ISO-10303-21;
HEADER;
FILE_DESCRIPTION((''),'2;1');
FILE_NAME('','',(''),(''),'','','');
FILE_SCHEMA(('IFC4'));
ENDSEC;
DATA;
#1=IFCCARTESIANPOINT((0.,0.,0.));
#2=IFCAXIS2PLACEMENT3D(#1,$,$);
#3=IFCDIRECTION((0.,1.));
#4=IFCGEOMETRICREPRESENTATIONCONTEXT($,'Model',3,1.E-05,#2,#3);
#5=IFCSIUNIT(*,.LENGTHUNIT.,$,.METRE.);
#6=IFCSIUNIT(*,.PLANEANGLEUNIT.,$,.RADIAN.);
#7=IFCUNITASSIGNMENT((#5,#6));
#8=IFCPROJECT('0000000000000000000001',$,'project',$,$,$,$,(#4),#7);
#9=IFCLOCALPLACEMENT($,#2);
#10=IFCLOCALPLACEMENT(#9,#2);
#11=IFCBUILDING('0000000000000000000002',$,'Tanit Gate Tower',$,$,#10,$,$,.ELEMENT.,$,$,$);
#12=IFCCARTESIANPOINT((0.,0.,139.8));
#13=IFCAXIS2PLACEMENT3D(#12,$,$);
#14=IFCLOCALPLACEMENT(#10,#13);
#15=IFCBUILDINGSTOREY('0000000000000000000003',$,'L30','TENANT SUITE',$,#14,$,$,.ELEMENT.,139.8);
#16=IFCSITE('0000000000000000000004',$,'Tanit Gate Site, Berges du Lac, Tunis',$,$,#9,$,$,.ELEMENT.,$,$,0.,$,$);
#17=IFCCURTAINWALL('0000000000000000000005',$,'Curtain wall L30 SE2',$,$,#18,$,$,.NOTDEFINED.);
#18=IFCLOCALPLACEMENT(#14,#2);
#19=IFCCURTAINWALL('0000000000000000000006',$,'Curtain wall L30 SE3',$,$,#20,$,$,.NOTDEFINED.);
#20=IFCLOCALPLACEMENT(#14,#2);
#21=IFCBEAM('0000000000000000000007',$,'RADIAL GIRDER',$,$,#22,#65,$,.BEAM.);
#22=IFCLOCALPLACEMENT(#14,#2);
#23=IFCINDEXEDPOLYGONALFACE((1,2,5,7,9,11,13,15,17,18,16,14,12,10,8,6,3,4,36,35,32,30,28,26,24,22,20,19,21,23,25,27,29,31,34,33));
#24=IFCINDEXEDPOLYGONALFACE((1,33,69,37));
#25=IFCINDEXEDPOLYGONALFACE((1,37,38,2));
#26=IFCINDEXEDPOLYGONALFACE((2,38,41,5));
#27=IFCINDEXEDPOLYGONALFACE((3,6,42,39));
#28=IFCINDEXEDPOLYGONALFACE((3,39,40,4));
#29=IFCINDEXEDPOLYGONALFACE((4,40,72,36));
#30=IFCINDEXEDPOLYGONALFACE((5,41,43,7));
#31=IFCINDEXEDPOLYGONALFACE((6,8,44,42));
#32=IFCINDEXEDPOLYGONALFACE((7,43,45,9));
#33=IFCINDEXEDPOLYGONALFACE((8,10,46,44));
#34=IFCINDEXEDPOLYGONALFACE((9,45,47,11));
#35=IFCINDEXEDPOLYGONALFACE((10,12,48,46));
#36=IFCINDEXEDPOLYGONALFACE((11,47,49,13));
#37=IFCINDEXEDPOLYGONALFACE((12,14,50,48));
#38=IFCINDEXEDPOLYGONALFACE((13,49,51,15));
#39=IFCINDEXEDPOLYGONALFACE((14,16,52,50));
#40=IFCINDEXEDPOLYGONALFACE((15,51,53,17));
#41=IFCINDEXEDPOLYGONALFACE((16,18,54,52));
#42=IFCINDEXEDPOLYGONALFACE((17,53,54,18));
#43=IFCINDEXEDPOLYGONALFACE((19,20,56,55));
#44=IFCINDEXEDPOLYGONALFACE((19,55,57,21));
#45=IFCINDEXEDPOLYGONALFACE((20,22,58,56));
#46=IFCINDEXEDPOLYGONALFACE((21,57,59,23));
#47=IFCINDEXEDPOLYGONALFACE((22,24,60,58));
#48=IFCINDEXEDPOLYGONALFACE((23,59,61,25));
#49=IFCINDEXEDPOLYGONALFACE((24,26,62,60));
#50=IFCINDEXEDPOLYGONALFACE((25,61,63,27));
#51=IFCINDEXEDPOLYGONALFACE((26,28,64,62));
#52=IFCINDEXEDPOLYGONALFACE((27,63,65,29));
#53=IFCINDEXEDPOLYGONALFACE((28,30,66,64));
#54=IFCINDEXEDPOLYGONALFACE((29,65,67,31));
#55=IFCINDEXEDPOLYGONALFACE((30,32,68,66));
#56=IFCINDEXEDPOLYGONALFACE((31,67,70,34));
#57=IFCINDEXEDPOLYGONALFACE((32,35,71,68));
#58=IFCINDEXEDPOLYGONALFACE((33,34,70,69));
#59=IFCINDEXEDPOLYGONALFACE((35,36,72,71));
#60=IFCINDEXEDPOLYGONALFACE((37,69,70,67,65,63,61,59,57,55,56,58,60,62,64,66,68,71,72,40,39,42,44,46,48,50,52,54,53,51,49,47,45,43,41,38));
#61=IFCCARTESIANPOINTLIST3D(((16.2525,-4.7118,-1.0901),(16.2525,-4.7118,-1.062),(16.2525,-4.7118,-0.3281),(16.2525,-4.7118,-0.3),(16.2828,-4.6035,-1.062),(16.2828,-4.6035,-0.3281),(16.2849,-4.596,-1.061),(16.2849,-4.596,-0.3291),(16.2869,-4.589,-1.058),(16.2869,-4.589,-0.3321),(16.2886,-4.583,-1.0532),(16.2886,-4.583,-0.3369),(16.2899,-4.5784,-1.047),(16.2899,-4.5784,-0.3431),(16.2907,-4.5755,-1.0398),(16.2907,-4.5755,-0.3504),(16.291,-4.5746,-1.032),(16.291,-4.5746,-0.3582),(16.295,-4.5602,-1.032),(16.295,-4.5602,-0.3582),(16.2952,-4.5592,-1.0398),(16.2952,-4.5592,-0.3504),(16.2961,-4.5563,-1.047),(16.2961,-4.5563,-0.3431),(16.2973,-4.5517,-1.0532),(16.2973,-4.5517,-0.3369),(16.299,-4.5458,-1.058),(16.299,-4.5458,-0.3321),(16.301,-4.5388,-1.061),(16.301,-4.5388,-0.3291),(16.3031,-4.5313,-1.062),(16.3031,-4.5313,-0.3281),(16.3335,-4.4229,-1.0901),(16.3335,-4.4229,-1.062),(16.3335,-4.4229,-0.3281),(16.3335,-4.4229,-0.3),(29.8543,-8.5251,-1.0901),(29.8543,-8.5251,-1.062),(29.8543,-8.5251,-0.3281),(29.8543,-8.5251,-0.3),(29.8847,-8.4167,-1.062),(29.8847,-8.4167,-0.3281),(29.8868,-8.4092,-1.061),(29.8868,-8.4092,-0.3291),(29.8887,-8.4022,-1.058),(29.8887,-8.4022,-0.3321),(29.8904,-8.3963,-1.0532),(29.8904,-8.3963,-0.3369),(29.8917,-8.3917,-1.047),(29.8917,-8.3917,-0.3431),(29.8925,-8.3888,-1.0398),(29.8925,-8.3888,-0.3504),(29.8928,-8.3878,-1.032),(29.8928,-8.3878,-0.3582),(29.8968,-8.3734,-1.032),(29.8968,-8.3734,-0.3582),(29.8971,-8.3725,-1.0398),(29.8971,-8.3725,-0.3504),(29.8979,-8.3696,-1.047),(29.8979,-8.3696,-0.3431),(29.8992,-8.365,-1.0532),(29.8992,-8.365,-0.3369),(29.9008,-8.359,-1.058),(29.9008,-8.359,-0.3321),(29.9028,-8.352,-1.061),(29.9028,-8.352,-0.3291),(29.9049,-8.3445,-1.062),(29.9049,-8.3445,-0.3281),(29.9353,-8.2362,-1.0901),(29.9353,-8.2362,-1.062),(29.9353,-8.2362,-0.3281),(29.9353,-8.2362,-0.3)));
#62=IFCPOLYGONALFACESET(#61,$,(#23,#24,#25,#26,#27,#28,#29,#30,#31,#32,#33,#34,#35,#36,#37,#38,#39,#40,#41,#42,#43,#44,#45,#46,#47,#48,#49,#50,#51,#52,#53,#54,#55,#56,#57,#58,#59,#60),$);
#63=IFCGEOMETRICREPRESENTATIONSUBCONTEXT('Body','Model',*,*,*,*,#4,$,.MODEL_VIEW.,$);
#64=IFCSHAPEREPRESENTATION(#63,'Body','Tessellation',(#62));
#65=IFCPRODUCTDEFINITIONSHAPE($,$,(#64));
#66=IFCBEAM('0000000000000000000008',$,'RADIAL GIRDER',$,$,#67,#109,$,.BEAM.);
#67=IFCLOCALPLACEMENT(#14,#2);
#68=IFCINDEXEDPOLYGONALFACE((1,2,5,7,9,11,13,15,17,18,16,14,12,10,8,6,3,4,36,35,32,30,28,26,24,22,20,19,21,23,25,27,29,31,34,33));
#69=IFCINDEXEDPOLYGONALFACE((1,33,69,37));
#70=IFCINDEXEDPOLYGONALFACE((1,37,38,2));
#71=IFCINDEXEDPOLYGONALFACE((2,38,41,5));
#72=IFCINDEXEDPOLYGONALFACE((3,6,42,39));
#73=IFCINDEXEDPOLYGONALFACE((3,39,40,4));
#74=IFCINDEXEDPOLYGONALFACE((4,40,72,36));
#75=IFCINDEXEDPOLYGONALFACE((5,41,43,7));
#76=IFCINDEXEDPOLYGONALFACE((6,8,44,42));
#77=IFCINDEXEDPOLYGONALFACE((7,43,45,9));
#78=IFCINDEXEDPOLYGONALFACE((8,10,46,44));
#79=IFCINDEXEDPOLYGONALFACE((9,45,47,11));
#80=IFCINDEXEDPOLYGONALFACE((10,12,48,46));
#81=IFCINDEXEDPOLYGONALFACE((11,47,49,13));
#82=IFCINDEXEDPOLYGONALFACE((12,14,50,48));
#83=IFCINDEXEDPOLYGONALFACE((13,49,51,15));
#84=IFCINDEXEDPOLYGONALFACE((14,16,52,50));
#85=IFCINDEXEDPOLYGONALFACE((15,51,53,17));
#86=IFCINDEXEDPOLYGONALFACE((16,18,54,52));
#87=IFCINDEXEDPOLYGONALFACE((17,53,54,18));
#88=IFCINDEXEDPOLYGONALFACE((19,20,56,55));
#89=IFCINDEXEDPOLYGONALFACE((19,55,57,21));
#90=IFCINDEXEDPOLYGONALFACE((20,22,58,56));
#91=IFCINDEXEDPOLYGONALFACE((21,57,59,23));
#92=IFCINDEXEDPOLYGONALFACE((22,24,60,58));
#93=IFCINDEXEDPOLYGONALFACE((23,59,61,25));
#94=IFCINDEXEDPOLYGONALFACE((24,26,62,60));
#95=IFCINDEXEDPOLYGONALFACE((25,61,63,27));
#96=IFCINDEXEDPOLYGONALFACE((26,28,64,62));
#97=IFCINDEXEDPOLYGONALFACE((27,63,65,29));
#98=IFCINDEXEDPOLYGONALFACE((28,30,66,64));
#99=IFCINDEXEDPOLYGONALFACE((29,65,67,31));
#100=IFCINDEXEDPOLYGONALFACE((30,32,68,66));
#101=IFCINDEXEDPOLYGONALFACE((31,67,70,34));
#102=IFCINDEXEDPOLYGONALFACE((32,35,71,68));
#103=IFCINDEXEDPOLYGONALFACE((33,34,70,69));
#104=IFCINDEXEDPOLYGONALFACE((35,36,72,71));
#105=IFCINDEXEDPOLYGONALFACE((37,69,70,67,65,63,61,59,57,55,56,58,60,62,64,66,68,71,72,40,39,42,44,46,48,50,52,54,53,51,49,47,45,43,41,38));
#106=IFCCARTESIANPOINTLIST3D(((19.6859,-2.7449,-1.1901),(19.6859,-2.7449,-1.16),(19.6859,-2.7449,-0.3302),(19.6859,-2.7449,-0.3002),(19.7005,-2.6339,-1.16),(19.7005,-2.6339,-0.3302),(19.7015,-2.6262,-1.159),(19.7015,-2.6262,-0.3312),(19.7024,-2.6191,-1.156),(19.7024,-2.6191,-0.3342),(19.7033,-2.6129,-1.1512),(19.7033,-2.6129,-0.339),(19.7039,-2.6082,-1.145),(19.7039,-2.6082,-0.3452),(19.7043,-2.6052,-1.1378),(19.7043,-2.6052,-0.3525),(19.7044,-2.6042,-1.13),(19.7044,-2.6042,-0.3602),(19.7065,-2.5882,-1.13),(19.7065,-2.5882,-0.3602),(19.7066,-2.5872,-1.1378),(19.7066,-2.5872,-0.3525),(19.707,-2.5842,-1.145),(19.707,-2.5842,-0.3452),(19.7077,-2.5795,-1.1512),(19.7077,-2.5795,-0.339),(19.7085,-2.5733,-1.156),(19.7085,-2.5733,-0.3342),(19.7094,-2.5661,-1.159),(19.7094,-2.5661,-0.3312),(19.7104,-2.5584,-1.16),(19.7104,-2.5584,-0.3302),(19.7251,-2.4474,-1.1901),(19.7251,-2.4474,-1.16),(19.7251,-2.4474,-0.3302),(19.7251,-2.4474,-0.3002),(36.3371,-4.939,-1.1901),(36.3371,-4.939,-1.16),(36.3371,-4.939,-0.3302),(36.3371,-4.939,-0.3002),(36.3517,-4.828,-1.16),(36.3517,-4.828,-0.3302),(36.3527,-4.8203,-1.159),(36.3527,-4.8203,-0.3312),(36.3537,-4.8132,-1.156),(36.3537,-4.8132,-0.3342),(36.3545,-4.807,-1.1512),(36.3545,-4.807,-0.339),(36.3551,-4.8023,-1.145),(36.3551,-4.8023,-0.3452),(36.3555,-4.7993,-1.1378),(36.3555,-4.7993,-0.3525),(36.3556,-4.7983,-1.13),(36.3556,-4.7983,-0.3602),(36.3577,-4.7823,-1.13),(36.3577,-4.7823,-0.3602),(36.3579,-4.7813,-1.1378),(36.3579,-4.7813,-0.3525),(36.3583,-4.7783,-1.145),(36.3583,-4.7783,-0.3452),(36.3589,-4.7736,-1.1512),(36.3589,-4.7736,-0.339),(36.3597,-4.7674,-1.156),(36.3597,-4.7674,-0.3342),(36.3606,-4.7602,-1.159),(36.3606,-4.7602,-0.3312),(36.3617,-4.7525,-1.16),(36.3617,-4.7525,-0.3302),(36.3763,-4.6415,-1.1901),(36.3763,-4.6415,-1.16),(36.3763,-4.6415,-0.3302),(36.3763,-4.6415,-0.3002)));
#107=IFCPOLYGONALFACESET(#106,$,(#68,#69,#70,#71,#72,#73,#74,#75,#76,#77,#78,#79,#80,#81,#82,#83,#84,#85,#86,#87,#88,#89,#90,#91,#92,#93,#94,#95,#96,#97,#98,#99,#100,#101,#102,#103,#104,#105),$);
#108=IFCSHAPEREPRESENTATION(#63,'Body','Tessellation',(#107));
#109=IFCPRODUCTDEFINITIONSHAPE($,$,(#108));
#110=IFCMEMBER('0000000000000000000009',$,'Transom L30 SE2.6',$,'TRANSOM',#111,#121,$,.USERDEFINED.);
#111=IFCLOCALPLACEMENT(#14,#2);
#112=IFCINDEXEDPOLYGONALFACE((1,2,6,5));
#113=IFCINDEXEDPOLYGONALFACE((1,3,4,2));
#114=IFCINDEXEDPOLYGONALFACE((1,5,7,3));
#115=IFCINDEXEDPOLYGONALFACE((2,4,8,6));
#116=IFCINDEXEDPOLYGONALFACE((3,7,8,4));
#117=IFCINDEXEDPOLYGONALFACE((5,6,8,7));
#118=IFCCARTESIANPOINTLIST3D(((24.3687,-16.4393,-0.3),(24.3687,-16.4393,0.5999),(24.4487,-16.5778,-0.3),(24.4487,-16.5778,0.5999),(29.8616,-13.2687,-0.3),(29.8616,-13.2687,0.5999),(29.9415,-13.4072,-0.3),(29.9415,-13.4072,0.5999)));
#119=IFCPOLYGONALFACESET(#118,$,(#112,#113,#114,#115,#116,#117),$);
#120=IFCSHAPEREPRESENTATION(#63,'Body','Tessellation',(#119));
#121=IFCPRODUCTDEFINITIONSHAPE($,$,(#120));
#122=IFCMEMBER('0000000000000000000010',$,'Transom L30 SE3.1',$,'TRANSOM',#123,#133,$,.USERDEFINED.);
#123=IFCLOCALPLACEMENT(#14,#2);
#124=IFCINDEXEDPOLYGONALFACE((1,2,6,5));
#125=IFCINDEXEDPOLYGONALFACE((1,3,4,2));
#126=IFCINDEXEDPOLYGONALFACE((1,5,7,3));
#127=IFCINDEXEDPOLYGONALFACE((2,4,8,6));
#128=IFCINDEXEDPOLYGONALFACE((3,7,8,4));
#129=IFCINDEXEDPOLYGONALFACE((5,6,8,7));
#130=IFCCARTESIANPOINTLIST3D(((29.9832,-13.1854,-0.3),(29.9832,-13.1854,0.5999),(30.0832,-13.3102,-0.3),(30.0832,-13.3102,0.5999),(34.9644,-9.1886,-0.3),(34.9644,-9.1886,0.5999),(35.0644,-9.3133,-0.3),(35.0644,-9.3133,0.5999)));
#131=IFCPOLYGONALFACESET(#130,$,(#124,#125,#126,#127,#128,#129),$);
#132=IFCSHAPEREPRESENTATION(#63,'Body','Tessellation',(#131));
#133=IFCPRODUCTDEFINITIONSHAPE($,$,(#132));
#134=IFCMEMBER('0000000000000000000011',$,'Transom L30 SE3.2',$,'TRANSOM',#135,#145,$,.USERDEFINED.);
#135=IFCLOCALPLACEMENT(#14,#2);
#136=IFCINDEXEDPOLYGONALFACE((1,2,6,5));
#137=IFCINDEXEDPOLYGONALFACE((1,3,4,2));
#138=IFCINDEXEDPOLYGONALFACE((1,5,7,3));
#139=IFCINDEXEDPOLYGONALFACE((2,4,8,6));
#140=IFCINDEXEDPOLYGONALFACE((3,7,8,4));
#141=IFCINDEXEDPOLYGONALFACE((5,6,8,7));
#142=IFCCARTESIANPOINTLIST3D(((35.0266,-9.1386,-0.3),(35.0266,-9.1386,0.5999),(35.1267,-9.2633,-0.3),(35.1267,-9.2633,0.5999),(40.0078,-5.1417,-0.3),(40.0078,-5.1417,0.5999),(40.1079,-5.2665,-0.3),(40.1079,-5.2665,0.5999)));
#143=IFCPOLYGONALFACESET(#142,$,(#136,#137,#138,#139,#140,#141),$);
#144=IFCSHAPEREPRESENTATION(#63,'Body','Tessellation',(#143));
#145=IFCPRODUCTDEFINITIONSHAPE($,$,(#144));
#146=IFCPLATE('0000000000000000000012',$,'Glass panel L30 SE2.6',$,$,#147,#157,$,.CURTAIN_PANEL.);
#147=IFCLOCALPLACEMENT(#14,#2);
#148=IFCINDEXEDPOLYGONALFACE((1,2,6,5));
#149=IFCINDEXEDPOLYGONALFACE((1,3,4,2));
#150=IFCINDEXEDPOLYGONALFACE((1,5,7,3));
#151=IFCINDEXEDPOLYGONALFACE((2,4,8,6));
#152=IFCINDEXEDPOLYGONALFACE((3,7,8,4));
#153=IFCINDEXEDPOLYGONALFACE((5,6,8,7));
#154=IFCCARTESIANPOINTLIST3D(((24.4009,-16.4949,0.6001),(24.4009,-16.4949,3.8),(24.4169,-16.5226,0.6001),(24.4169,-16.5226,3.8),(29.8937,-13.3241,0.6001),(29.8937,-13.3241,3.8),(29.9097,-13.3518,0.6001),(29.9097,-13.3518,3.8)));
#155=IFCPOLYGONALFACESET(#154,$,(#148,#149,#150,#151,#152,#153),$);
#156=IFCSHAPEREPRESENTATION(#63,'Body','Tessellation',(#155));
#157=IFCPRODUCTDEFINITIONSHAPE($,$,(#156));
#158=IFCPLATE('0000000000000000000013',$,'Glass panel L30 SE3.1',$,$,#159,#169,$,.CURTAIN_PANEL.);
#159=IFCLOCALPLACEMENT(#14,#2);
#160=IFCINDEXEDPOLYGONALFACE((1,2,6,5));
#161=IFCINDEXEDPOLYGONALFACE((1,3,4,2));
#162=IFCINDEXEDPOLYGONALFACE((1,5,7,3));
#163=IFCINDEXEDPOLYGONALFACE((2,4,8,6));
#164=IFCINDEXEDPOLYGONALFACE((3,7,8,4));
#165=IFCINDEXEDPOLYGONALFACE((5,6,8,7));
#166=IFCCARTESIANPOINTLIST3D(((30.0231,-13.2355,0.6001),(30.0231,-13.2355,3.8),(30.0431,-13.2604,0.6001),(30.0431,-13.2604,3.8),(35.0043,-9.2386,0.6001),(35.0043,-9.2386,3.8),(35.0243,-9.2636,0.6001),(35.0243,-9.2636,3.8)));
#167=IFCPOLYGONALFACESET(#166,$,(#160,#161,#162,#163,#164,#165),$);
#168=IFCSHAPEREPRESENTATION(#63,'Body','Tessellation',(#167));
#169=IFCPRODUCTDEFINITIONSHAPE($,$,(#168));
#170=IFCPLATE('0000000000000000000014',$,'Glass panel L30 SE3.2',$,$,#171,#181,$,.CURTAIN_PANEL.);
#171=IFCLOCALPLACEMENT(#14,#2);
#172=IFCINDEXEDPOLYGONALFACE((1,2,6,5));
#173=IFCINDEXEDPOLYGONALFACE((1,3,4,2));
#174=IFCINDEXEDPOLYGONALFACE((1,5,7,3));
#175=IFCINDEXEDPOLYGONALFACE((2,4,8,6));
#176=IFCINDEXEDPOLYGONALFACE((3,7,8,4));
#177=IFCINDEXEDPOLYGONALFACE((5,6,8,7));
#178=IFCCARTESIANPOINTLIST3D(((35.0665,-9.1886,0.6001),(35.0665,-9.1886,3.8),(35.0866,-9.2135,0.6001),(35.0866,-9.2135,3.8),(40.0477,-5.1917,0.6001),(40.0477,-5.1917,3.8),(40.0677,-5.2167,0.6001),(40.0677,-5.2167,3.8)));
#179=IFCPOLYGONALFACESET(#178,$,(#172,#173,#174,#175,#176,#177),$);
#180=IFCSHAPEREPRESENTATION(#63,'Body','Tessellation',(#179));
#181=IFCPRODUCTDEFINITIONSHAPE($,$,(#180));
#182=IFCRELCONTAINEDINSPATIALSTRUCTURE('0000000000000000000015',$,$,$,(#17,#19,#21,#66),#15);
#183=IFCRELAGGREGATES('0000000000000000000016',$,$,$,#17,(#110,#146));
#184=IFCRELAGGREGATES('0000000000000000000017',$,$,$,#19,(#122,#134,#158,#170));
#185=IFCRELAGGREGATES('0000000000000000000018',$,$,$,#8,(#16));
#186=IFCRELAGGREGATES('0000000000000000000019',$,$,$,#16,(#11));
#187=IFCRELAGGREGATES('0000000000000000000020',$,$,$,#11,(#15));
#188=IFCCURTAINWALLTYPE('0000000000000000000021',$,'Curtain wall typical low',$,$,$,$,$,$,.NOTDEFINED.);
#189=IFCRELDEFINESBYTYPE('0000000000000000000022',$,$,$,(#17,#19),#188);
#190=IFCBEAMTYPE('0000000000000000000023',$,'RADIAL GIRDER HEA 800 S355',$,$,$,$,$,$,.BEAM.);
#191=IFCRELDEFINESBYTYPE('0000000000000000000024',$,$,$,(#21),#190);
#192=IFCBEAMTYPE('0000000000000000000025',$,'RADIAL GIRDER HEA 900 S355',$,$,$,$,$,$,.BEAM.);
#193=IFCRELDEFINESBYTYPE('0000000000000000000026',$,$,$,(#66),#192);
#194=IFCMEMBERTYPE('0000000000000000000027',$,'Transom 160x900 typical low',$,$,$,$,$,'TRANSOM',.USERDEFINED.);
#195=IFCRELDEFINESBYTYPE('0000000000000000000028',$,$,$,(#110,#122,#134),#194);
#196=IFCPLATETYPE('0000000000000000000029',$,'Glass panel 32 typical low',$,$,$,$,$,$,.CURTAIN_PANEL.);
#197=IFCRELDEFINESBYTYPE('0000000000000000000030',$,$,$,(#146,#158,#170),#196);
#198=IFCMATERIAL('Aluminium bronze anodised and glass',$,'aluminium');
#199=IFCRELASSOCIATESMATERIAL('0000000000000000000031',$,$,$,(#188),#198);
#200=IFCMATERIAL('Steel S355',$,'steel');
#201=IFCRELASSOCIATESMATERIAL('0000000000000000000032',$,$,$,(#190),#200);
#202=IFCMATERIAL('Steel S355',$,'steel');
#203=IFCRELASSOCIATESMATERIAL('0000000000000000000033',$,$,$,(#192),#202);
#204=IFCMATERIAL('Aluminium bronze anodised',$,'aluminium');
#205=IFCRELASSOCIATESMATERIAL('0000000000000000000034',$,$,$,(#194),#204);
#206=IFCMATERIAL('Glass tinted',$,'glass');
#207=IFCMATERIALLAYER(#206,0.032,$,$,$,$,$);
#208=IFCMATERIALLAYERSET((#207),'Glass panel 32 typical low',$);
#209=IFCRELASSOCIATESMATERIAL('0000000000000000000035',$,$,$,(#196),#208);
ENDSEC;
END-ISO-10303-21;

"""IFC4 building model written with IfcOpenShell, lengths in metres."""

from ifc_helpers import new_model, si_unit, direction, frame, origin, origin_2d, place, context, subcontext, project, spatial, rectangle, i_section, extrude, material, layer, layer_set, material_profile, profile_set, type_object, element, aggregate, save


model = new_model("IFC4")

# Units and contexts
model_context = context("Model", 3, precision=1e-05, world=origin(), true_north=direction((0.0, 1.0)))
body_context = subcontext(model_context, "Body", "Model", "MODEL_VIEW")
ifc_project = project(units=[si_unit("LENGTHUNIT", "METRE"), si_unit("PLANEANGLEUNIT", "RADIAN")], contexts=[model_context])

# Site, building, storey
site_placement = place(None, origin())
site = spatial("IfcSite", under=ifc_project, at=site_placement, Name="Tanit Gate Site, Berges du Lac, Tunis", CompositionType="ELEMENT", RefElevation=0.0)
building_placement = place(site_placement, origin())
building = spatial("IfcBuilding", under=site, at=building_placement, Name="Tanit Gate Tower", CompositionType="ELEMENT")
storey_placement = place(building_placement, frame((0.0, 0.0, 139.8)))
storey = spatial("IfcBuildingStorey", under=building, at=storey_placement, Name="L30", Description="TENANT SUITE", CompositionType="ELEMENT", Elevation=139.8)

# Curtain wall
ifc_material_1 = material(Name="Aluminium bronze anodised and glass", Category="aluminium")
curtain_wall_type = type_object("IfcCurtainWallType", Name="Curtain wall typical low", PredefinedType="NOTDEFINED", material=ifc_material_1)
curtain_wall_1_placement = place(storey_placement, origin())
curtain_wall_1 = element("IfcCurtainWall", 1, at=curtain_wall_1_placement, inside=storey, type_object=curtain_wall_type, Name="Curtain wall L30 SE2", PredefinedType="NOTDEFINED")

# Curtain wall
curtain_wall_2_placement = place(storey_placement, origin())
curtain_wall_2 = element("IfcCurtainWall", 2, at=curtain_wall_2_placement, inside=storey, type_object=curtain_wall_type, Name="Curtain wall L30 SE3", PredefinedType="NOTDEFINED")

# Beams
ifc_material_2 = material(Name="Steel S355", Category="steel")
ifc_material_profile_1 = material_profile(ifc_material_2, i_section(OverallWidth=0.3, OverallDepth=0.79, WebThickness=0.0149, FlangeThickness=0.0281, FilletRadius=0.03, at=origin_2d()), Name="HEA 800")
ifc_profile_set_1 = profile_set([ifc_material_profile_1], Name="Steel S355")
beam_type_1 = type_object("IfcBeamType", Name="RADIAL GIRDER HEA 800 S355", PredefinedType="BEAM", material=ifc_profile_set_1)
beam_1_placement = place(storey_placement, frame((29.8948, -8.3806, -0.6951), z_axis=(-0.962877, 0.26994, 0.0), x_axis=(-0.26994, -0.962877, 0.0)))
element("IfcBeam", 3, at=beam_1_placement, inside=storey, type_object=beam_type_1, Name="RADIAL GIRDER", PredefinedType="BEAM", context=body_context, shape_type="SweptSolid", body=[
    extrude(i_section(OverallWidth=0.3, OverallDepth=0.79, WebThickness=0.0149, FlangeThickness=0.0281, FilletRadius=0.03, at=origin_2d()), origin(), (0.0, 0.0, 1.0), 14.1262),
])
ifc_material_3 = material(Name="Steel S355", Category="steel")
ifc_material_profile_2 = material_profile(ifc_material_3, i_section(OverallWidth=0.3, OverallDepth=0.8899, WebThickness=0.0161, FlangeThickness=0.03, FilletRadius=0.03, at=origin_2d()), Name="HEA 900")
ifc_profile_set_2 = profile_set([ifc_material_profile_2], Name="Steel S355")
beam_type_2 = type_object("IfcBeamType", Name="RADIAL GIRDER HEA 900 S355", PredefinedType="BEAM", material=ifc_profile_set_2)
beam_2_placement = place(storey_placement, frame((36.3567, -4.7903, -0.7451), z_axis=(-0.99143, 0.130639, 0.0), x_axis=(-0.130639, -0.99143, 0.0)))
element("IfcBeam", 4, at=beam_2_placement, inside=storey, type_object=beam_type_2, Name="RADIAL GIRDER", PredefinedType="BEAM", context=body_context, shape_type="SweptSolid", body=[
    extrude(i_section(OverallWidth=0.3, OverallDepth=0.8899, WebThickness=0.0161, FlangeThickness=0.03, FilletRadius=0.03, at=origin_2d()), origin(), (0.0, 0.0, 1.0), 16.7952),
])

# Members
ifc_material_4 = material(Name="Aluminium bronze anodised", Category="aluminium")
ifc_material_profile_3 = material_profile(ifc_material_4, rectangle(XDim=0.1599, YDim=0.8999, at=origin_2d()), Name="160x900 bronze transom")
ifc_profile_set_3 = profile_set([ifc_material_profile_3], Name="Aluminium bronze anodised")
member_type_1 = type_object("IfcMemberType", Name="Transom 160x900 typical low", ElementType="TRANSOM", PredefinedType="USERDEFINED", material=ifc_profile_set_3)
member_1_placement = place(storey_placement, frame((24.4087, -16.5085, 0.1499), z_axis=(0.866072, 0.499919, 0.0), x_axis=(-0.499919, 0.866072, 0.0)))
member_1 = element("IfcMember", 5, at=member_1_placement, type_object=member_type_1, Name="Transom L30 SE2.6", ObjectType="TRANSOM", PredefinedType="USERDEFINED", context=body_context, shape_type="SweptSolid", body=[
    extrude(rectangle(XDim=0.1599, YDim=0.8999, at=origin_2d()), origin(), (0.0, 0.0, 1.0), 6.3423),
])
member_2_placement = place(storey_placement, frame((30.0332, -13.2478, 0.1499), z_axis=(0.779962, 0.625827, 0.0), x_axis=(-0.625827, 0.779962, 0.0)))
member_2 = element("IfcMember", 6, at=member_2_placement, type_object=member_type_1, Name="Transom L30 SE3.1", ObjectType="TRANSOM", PredefinedType="USERDEFINED", context=body_context, shape_type="SweptSolid", body=[
    extrude(rectangle(XDim=0.1599, YDim=0.8999, at=origin_2d()), origin(), (0.0, 0.0, 1.0), 6.3865),
])
member_3_placement = place(storey_placement, frame((35.0767, -9.2009, 0.1499), z_axis=(0.779962, 0.625827, 0.0), x_axis=(-0.625827, 0.779962, 0.0)))
member_3 = element("IfcMember", 7, at=member_3_placement, type_object=member_type_1, Name="Transom L30 SE3.2", ObjectType="TRANSOM", PredefinedType="USERDEFINED", context=body_context, shape_type="SweptSolid", body=[
    extrude(rectangle(XDim=0.1599, YDim=0.8999, at=origin_2d()), origin(), (0.0, 0.0, 1.0), 6.3865),
])

# Plates
ifc_material_5 = material(Name="Glass tinted", Category="glass")
ifc_layer_1 = layer(ifc_material_5, 0.032)
ifc_layer_set_1 = layer_set([ifc_layer_1], Name="Glass panel 32 typical low")
plate_type = type_object("IfcPlateType", Name="Glass panel 32 typical low", PredefinedType="CURTAIN_PANEL", material=ifc_layer_set_1)
plate_1_placement = place(storey_placement, frame((27.1553, -14.9233, 0.6001), z_axis=(0.0, 0.0, 1.0), x_axis=(0.86606, 0.49994, 0.0)))
plate_1 = element("IfcPlate", 8, at=plate_1_placement, type_object=plate_type, Name="Glass panel L30 SE2.6", PredefinedType="CURTAIN_PANEL", context=body_context, shape_type="SweptSolid", body=[
    extrude(rectangle(XDim=6.3423, YDim=0.032, at=origin_2d()), origin(), (0.0, 0.0, 1.0), 3.2),
])
aggregate(curtain_wall_1, [member_1, plate_1])
plate_2_placement = place(storey_placement, frame((32.5237, -11.2495, 0.6001), z_axis=(0.0, 0.0, 1.0), x_axis=(0.779958, 0.625832, 0.0)))
plate_2 = element("IfcPlate", 9, at=plate_2_placement, type_object=plate_type, Name="Glass panel L30 SE3.1", PredefinedType="CURTAIN_PANEL", context=body_context, shape_type="SweptSolid", body=[
    extrude(rectangle(XDim=6.3865, YDim=0.032, at=origin_2d()), origin(), (0.0, 0.0, 1.0), 3.2),
])
plate_3_placement = place(storey_placement, frame((37.5671, -7.2026, 0.6001), z_axis=(0.0, 0.0, 1.0), x_axis=(0.779958, 0.625832, 0.0)))
plate_3 = element("IfcPlate", 10, at=plate_3_placement, type_object=plate_type, Name="Glass panel L30 SE3.2", PredefinedType="CURTAIN_PANEL", context=body_context, shape_type="SweptSolid", body=[
    extrude(rectangle(XDim=6.3865, YDim=0.032, at=origin_2d()), origin(), (0.0, 0.0, 1.0), 3.2),
])
aggregate(curtain_wall_2, [member_2, member_3, plate_2, plate_3])

save(model, "model.ifc")
